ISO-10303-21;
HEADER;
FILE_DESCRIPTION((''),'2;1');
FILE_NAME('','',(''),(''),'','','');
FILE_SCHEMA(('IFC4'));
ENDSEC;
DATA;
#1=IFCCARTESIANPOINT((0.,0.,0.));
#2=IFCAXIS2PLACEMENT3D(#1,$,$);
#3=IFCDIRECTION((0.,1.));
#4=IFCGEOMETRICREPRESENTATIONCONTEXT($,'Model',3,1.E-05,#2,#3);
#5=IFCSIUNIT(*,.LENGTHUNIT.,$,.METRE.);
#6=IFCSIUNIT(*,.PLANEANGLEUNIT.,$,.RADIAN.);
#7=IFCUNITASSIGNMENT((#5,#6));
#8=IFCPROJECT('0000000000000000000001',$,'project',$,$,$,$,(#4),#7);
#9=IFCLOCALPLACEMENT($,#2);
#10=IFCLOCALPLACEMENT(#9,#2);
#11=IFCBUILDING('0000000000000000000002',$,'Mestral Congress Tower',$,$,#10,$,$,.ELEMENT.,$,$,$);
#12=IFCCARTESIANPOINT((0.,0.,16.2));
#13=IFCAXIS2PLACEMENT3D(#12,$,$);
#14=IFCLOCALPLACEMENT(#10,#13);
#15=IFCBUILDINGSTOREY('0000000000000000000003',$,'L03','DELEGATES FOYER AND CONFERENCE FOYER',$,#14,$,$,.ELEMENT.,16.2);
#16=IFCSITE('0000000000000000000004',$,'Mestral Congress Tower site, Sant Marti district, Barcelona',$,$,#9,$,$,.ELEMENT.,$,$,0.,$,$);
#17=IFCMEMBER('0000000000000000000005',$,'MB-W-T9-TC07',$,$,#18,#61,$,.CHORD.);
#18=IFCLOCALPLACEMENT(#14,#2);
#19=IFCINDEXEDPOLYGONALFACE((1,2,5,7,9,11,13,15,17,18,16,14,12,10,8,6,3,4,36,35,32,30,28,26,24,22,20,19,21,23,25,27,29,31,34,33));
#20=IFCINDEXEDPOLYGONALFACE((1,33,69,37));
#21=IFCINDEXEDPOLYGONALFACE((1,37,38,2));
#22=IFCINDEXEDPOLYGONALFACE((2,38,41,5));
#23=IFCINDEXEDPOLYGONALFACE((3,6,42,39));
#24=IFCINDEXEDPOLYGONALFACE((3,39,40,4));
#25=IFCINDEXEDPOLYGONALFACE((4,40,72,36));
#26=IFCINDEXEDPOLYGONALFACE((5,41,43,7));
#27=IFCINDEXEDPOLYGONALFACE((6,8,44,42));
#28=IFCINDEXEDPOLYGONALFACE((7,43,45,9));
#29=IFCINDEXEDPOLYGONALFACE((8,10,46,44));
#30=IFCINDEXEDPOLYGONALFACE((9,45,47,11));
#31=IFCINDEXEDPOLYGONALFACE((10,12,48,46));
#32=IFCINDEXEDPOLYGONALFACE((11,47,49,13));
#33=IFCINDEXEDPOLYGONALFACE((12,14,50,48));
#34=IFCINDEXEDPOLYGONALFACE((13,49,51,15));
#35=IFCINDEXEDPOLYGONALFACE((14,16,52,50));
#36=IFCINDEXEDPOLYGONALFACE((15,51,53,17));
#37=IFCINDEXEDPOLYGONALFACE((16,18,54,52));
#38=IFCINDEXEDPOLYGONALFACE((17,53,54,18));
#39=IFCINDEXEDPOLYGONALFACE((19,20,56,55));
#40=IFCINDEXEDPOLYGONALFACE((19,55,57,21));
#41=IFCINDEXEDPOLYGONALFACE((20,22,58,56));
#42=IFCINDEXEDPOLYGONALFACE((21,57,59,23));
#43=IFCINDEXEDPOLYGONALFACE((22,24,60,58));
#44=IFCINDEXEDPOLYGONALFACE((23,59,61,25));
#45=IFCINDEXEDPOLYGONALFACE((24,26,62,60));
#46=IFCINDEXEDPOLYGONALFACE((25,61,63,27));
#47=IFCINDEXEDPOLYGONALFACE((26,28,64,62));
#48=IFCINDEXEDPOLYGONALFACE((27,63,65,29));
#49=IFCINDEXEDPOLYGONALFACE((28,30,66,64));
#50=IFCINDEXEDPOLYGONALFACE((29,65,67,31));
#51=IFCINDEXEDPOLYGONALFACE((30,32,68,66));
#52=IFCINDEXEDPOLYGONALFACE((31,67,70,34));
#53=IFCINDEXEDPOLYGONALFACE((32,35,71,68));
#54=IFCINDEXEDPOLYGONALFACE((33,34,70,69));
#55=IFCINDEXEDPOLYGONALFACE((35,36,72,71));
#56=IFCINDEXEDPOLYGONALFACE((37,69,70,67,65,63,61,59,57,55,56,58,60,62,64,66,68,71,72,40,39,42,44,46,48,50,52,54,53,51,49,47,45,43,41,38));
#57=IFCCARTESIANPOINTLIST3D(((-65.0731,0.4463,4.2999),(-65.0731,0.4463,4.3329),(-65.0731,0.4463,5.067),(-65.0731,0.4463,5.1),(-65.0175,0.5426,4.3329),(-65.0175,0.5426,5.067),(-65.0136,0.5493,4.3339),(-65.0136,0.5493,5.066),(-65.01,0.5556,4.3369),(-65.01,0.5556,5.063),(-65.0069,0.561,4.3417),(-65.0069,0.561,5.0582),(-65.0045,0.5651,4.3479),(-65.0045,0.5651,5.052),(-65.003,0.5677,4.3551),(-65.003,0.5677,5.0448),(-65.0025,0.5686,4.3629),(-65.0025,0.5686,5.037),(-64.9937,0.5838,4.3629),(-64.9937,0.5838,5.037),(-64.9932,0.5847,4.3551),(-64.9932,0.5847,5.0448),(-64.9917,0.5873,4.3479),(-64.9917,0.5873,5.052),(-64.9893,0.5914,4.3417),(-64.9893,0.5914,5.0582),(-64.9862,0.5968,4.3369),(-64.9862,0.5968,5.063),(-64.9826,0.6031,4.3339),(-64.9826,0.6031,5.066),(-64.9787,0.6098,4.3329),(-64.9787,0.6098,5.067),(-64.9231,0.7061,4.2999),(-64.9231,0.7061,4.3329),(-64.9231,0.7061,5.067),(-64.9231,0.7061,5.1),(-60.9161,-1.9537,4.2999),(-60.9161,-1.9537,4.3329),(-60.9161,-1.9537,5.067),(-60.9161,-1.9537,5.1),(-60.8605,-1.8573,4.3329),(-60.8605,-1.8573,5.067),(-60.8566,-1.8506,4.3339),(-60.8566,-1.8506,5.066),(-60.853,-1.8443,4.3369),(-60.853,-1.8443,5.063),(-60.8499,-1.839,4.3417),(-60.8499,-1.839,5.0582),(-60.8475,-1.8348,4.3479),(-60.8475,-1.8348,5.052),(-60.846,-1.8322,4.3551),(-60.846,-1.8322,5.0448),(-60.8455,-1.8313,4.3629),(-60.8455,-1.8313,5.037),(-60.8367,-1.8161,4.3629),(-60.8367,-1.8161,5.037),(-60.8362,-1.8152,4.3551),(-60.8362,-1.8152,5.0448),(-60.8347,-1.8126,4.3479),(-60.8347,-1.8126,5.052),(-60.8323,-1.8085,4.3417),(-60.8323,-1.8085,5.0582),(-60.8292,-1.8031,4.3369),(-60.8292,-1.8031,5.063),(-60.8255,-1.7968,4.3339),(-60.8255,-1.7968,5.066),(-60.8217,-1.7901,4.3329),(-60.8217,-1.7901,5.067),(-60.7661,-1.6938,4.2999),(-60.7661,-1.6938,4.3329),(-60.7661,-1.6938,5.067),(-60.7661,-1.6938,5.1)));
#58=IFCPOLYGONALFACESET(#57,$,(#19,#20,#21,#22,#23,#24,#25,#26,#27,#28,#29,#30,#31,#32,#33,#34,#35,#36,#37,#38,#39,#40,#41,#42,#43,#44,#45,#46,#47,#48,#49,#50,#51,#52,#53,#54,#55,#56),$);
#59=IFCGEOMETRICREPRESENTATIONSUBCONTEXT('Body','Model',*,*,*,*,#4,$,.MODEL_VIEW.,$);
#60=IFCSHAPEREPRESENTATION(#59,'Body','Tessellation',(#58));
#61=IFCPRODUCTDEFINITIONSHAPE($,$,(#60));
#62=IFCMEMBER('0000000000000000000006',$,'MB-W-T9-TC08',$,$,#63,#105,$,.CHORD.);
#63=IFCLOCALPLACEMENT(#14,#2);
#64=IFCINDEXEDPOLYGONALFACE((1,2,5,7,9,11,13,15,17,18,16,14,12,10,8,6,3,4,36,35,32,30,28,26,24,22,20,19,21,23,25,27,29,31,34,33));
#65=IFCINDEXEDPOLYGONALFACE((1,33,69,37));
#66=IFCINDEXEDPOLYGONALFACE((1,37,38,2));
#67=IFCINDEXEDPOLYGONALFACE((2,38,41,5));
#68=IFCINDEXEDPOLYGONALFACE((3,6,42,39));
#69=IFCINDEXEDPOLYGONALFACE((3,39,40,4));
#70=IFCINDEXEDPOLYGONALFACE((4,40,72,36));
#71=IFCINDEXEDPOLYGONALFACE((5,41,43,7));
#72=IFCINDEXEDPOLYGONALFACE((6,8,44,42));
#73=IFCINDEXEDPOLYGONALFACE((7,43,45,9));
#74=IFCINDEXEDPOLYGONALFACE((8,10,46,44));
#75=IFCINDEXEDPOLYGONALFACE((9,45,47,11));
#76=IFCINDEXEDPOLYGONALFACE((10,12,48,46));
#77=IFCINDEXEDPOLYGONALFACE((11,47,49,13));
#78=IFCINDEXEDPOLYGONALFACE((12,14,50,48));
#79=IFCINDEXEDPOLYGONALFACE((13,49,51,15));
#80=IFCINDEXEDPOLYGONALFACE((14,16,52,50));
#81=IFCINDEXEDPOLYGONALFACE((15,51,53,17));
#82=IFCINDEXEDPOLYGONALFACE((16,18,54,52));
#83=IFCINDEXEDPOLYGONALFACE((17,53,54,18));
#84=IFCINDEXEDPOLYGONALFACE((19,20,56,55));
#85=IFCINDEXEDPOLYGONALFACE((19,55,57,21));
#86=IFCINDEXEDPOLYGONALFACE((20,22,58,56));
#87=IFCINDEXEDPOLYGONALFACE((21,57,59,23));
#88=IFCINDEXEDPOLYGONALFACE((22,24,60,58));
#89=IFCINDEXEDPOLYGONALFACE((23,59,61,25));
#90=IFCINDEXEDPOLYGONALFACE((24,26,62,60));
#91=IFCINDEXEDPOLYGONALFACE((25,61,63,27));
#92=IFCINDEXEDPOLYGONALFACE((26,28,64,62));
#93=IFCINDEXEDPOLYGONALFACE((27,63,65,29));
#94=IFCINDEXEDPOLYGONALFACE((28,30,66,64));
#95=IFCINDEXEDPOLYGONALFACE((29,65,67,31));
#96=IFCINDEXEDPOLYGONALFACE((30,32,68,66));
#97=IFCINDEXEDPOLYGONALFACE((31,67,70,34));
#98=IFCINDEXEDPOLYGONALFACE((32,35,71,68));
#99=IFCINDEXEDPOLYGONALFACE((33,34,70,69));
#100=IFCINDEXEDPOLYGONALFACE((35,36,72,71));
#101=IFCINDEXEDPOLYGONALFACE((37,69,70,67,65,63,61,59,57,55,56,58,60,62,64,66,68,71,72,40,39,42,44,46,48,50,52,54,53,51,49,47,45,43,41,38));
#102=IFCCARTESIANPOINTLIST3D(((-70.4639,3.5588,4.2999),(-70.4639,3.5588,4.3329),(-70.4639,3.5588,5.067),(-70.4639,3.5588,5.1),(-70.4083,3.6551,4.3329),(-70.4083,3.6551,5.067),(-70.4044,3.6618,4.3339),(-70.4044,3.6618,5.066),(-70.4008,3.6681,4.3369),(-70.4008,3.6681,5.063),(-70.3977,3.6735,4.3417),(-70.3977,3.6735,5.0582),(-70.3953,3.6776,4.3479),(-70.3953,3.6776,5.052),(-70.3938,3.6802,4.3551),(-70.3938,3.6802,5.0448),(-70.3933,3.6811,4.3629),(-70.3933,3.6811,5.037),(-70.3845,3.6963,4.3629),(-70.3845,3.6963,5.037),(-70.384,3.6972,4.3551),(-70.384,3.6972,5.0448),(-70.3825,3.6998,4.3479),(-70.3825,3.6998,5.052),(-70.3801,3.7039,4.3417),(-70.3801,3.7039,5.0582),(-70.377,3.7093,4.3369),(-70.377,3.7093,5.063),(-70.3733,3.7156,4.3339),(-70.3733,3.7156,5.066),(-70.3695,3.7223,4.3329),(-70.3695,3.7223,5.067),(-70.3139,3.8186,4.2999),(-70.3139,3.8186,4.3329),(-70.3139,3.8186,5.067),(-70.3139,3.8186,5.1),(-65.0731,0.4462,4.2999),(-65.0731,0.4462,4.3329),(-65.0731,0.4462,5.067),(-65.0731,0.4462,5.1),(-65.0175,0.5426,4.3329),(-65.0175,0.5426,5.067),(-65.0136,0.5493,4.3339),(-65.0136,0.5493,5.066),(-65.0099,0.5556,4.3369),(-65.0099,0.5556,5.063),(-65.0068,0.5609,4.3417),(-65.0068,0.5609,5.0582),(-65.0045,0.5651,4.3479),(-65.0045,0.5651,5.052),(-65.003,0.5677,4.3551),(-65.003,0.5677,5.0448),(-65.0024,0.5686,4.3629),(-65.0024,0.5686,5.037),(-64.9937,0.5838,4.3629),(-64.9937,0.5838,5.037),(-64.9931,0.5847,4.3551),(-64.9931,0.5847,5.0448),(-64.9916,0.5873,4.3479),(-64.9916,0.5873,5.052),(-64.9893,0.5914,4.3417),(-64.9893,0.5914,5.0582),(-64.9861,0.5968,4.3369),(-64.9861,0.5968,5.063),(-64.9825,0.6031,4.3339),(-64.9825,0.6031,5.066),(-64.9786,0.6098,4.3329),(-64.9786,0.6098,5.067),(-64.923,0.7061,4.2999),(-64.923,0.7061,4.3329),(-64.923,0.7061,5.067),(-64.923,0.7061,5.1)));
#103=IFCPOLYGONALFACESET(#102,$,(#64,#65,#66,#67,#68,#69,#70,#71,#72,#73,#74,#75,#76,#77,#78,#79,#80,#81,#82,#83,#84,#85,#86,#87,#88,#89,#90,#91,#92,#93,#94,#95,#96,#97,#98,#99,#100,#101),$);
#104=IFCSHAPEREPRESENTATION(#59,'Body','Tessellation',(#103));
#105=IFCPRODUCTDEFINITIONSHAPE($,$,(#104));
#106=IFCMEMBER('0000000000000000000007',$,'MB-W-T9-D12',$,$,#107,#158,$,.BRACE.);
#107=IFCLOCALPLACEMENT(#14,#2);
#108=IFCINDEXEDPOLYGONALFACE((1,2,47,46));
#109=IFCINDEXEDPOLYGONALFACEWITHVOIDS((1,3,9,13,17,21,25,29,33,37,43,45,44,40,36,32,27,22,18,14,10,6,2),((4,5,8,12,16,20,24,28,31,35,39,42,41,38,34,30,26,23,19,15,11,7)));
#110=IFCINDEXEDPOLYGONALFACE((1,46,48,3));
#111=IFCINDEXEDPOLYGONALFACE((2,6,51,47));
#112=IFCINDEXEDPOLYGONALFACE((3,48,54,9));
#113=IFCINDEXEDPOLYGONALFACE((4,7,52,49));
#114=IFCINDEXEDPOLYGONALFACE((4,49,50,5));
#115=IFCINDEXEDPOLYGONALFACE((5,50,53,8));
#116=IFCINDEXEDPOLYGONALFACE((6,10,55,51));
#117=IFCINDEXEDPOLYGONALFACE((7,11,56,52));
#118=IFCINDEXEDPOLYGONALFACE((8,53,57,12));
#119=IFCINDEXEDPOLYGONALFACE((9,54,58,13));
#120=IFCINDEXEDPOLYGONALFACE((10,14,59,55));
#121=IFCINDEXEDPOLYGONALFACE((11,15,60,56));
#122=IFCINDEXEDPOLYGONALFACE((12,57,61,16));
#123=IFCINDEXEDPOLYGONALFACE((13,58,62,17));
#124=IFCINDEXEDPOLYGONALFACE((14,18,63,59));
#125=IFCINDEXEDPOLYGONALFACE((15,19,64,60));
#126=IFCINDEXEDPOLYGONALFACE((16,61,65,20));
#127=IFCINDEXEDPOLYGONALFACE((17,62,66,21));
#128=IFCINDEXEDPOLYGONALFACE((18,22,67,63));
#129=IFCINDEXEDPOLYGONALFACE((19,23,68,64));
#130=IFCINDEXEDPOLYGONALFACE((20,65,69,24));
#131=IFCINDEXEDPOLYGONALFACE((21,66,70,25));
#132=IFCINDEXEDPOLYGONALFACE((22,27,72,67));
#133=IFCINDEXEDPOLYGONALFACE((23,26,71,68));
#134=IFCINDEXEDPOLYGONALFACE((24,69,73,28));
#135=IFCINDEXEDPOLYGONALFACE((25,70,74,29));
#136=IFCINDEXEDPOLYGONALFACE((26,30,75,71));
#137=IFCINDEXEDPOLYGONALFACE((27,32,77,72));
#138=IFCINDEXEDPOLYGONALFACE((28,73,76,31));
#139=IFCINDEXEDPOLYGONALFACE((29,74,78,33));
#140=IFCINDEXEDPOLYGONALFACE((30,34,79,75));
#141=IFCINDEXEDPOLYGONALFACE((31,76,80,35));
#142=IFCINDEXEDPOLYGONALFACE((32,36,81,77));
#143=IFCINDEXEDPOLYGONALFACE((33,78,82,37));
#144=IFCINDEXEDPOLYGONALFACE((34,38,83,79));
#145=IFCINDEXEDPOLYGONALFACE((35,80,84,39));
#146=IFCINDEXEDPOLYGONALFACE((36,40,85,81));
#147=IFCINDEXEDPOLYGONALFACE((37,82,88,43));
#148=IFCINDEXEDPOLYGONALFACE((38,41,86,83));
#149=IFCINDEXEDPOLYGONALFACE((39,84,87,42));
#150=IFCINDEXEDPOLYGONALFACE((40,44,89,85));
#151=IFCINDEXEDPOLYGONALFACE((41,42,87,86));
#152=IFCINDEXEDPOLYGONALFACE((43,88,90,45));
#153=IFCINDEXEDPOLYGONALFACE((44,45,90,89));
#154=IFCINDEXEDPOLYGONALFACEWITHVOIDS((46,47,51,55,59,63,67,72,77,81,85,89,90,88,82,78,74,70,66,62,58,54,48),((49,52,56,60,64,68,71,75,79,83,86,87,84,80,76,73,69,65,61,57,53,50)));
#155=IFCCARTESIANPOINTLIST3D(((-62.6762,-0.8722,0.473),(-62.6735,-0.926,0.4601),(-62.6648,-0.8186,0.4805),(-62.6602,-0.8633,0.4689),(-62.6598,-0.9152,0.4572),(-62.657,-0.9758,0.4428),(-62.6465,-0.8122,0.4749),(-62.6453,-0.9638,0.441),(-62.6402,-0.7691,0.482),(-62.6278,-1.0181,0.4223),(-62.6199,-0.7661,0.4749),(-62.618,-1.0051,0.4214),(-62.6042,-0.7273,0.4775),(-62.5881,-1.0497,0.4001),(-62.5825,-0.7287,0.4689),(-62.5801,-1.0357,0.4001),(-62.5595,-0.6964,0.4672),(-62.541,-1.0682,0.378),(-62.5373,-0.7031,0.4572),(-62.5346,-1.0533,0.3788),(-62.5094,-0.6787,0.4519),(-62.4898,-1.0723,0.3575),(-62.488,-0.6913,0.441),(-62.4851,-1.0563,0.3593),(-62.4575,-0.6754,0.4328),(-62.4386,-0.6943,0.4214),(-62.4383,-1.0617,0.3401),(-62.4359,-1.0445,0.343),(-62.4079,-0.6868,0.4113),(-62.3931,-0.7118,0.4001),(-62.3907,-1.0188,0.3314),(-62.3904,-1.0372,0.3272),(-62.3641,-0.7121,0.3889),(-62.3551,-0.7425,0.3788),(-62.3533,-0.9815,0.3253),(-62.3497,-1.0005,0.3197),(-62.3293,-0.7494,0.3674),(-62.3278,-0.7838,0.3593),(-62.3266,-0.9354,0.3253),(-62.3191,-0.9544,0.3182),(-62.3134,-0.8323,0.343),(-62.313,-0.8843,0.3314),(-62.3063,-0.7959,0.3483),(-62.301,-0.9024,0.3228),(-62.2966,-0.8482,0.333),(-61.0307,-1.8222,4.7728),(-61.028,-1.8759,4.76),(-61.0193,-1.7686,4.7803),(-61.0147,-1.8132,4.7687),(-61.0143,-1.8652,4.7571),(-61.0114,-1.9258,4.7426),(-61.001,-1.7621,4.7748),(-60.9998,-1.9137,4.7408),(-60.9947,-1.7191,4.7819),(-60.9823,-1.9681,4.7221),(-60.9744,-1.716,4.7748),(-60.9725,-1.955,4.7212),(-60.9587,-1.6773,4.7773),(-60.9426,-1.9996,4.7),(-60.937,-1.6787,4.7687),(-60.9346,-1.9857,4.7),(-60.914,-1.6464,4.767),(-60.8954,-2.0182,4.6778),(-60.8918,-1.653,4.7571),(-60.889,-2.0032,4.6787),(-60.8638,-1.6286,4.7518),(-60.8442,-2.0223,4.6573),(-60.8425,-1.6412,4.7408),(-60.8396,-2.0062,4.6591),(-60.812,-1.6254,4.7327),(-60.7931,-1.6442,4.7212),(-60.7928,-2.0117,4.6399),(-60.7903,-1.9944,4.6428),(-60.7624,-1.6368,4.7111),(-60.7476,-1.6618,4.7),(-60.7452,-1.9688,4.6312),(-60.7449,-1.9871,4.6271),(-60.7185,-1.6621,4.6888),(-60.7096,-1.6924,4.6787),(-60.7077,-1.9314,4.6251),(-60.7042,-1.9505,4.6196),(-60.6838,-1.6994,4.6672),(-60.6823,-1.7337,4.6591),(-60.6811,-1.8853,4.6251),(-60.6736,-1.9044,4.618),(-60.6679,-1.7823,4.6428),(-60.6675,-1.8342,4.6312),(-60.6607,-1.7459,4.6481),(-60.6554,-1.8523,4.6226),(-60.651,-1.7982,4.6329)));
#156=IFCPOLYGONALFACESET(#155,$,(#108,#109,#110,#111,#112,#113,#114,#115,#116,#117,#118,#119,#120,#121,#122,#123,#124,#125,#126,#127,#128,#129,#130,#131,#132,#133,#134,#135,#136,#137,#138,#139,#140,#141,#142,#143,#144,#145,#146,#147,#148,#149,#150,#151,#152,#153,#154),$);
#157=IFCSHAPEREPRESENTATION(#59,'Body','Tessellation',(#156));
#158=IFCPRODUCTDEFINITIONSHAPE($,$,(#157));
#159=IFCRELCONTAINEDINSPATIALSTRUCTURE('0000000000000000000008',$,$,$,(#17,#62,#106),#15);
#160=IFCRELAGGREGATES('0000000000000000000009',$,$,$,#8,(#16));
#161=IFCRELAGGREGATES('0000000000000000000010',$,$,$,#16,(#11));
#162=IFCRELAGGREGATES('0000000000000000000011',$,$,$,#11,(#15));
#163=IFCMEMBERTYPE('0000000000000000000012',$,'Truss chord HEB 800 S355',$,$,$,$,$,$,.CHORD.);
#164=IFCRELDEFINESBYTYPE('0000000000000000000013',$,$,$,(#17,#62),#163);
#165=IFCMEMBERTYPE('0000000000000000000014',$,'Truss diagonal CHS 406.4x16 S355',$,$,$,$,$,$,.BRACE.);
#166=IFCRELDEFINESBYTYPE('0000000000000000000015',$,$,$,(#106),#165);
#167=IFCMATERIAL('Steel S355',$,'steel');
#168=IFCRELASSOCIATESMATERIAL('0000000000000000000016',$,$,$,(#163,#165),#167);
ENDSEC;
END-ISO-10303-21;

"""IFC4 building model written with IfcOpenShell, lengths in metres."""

from ifc_helpers import new_model, si_unit, direction, frame, origin, origin_2d, place, context, subcontext, project, spatial, hollow_circle, i_section, extrude, material, material_profile, profile_set, type_object, element, save


model = new_model("IFC4")

# Units and contexts
model_context = context("Model", 3, precision=1e-05, world=origin(), true_north=direction((0.0, 1.0)))
body_context = subcontext(model_context, "Body", "Model", "MODEL_VIEW")
ifc_project = project(units=[si_unit("LENGTHUNIT", "METRE"), si_unit("PLANEANGLEUNIT", "RADIAN")], contexts=[model_context])

# Site, building, storey
site_placement = place(None, origin())
site = spatial("IfcSite", under=ifc_project, at=site_placement, Name="Mestral Congress Tower site, Sant Marti district, Barcelona", CompositionType="ELEMENT", RefElevation=0.0)
building_placement = place(site_placement, origin())
building = spatial("IfcBuilding", under=site, at=building_placement, Name="Mestral Congress Tower", CompositionType="ELEMENT")
storey_placement = place(building_placement, frame((0.0, 0.0, 16.2)))
storey = spatial("IfcBuildingStorey", under=building, at=storey_placement, Name="L03", Description="DELEGATES FOYER AND CONFERENCE FOYER", CompositionType="ELEMENT", Elevation=16.2)

# Shared definitions
ifc_material_1 = material(Name="Steel S355", Category="steel")

# Members
ifc_material_profile_1 = material_profile(ifc_material_1, i_section(OverallWidth=0.3, OverallDepth=0.8, WebThickness=0.0176, FlangeThickness=0.033, FilletRadius=0.03, at=origin_2d()), Name="HEB 800")
ifc_profile_set_1 = profile_set([ifc_material_profile_1], Name="Steel S355")
member_type_1 = type_object("IfcMemberType", Name="Truss chord HEB 800 S355", PredefinedType="CHORD", material=ifc_profile_set_1)
member_1_placement = place(storey_placement, frame((-60.8411, -1.8237, 4.7), z_axis=(-0.866037, 0.499979, 0.0), x_axis=(-0.499979, -0.866037, 0.0)))
element("IfcMember", 1, at=member_1_placement, inside=storey, type_object=member_type_1, Name="MB-W-T9-TC07", PredefinedType="CHORD", context=body_context, shape_type="SweptSolid", body=[
    extrude(i_section(OverallWidth=0.3, OverallDepth=0.8, WebThickness=0.0176, FlangeThickness=0.033, FilletRadius=0.03, at=origin_2d()), origin(), (0.0, 0.0, 1.0), 4.8),
])
member_2_placement = place(storey_placement, frame((-64.998, 0.5762, 4.7), z_axis=(-0.866016, 0.500016, 0.0), x_axis=(-0.500016, -0.866016, 0.0)))
element("IfcMember", 2, at=member_2_placement, inside=storey, type_object=member_type_1, Name="MB-W-T9-TC08", PredefinedType="CHORD", context=body_context, shape_type="SweptSolid", body=[
    extrude(i_section(OverallWidth=0.3, OverallDepth=0.8, WebThickness=0.0176, FlangeThickness=0.033, FilletRadius=0.03, at=origin_2d()), origin(), (0.0, 0.0, 1.0), 6.2249),
])
ifc_material_profile_2 = material_profile(ifc_material_1, hollow_circle(Radius=0.2031, WallThickness=0.0161, at=origin_2d()), Name="CHS 406.4x16")
ifc_profile_set_2 = profile_set([ifc_material_profile_2], Name="Steel S355")
member_type_2 = type_object("IfcMemberType", Name="Truss diagonal CHS 406.4x16 S355", PredefinedType="BRACE", material=ifc_profile_set_2)
member_3_placement = place(storey_placement, frame((-60.8411, -1.8237, 4.7), z_axis=(-0.350041, 0.202079, -0.914678), x_axis=(-0.499967, -0.866044, 0.0)))
element("IfcMember", 3, at=member_3_placement, inside=storey, type_object=member_type_2, Name="MB-W-T9-D12", PredefinedType="BRACE", context=body_context, shape_type="SweptSolid", body=[
    extrude(hollow_circle(Radius=0.2031, WallThickness=0.0161, at=origin_2d()), origin(), (0.0, 0.0, 1.0), 4.7009),
])

save(model, "model.ifc")
